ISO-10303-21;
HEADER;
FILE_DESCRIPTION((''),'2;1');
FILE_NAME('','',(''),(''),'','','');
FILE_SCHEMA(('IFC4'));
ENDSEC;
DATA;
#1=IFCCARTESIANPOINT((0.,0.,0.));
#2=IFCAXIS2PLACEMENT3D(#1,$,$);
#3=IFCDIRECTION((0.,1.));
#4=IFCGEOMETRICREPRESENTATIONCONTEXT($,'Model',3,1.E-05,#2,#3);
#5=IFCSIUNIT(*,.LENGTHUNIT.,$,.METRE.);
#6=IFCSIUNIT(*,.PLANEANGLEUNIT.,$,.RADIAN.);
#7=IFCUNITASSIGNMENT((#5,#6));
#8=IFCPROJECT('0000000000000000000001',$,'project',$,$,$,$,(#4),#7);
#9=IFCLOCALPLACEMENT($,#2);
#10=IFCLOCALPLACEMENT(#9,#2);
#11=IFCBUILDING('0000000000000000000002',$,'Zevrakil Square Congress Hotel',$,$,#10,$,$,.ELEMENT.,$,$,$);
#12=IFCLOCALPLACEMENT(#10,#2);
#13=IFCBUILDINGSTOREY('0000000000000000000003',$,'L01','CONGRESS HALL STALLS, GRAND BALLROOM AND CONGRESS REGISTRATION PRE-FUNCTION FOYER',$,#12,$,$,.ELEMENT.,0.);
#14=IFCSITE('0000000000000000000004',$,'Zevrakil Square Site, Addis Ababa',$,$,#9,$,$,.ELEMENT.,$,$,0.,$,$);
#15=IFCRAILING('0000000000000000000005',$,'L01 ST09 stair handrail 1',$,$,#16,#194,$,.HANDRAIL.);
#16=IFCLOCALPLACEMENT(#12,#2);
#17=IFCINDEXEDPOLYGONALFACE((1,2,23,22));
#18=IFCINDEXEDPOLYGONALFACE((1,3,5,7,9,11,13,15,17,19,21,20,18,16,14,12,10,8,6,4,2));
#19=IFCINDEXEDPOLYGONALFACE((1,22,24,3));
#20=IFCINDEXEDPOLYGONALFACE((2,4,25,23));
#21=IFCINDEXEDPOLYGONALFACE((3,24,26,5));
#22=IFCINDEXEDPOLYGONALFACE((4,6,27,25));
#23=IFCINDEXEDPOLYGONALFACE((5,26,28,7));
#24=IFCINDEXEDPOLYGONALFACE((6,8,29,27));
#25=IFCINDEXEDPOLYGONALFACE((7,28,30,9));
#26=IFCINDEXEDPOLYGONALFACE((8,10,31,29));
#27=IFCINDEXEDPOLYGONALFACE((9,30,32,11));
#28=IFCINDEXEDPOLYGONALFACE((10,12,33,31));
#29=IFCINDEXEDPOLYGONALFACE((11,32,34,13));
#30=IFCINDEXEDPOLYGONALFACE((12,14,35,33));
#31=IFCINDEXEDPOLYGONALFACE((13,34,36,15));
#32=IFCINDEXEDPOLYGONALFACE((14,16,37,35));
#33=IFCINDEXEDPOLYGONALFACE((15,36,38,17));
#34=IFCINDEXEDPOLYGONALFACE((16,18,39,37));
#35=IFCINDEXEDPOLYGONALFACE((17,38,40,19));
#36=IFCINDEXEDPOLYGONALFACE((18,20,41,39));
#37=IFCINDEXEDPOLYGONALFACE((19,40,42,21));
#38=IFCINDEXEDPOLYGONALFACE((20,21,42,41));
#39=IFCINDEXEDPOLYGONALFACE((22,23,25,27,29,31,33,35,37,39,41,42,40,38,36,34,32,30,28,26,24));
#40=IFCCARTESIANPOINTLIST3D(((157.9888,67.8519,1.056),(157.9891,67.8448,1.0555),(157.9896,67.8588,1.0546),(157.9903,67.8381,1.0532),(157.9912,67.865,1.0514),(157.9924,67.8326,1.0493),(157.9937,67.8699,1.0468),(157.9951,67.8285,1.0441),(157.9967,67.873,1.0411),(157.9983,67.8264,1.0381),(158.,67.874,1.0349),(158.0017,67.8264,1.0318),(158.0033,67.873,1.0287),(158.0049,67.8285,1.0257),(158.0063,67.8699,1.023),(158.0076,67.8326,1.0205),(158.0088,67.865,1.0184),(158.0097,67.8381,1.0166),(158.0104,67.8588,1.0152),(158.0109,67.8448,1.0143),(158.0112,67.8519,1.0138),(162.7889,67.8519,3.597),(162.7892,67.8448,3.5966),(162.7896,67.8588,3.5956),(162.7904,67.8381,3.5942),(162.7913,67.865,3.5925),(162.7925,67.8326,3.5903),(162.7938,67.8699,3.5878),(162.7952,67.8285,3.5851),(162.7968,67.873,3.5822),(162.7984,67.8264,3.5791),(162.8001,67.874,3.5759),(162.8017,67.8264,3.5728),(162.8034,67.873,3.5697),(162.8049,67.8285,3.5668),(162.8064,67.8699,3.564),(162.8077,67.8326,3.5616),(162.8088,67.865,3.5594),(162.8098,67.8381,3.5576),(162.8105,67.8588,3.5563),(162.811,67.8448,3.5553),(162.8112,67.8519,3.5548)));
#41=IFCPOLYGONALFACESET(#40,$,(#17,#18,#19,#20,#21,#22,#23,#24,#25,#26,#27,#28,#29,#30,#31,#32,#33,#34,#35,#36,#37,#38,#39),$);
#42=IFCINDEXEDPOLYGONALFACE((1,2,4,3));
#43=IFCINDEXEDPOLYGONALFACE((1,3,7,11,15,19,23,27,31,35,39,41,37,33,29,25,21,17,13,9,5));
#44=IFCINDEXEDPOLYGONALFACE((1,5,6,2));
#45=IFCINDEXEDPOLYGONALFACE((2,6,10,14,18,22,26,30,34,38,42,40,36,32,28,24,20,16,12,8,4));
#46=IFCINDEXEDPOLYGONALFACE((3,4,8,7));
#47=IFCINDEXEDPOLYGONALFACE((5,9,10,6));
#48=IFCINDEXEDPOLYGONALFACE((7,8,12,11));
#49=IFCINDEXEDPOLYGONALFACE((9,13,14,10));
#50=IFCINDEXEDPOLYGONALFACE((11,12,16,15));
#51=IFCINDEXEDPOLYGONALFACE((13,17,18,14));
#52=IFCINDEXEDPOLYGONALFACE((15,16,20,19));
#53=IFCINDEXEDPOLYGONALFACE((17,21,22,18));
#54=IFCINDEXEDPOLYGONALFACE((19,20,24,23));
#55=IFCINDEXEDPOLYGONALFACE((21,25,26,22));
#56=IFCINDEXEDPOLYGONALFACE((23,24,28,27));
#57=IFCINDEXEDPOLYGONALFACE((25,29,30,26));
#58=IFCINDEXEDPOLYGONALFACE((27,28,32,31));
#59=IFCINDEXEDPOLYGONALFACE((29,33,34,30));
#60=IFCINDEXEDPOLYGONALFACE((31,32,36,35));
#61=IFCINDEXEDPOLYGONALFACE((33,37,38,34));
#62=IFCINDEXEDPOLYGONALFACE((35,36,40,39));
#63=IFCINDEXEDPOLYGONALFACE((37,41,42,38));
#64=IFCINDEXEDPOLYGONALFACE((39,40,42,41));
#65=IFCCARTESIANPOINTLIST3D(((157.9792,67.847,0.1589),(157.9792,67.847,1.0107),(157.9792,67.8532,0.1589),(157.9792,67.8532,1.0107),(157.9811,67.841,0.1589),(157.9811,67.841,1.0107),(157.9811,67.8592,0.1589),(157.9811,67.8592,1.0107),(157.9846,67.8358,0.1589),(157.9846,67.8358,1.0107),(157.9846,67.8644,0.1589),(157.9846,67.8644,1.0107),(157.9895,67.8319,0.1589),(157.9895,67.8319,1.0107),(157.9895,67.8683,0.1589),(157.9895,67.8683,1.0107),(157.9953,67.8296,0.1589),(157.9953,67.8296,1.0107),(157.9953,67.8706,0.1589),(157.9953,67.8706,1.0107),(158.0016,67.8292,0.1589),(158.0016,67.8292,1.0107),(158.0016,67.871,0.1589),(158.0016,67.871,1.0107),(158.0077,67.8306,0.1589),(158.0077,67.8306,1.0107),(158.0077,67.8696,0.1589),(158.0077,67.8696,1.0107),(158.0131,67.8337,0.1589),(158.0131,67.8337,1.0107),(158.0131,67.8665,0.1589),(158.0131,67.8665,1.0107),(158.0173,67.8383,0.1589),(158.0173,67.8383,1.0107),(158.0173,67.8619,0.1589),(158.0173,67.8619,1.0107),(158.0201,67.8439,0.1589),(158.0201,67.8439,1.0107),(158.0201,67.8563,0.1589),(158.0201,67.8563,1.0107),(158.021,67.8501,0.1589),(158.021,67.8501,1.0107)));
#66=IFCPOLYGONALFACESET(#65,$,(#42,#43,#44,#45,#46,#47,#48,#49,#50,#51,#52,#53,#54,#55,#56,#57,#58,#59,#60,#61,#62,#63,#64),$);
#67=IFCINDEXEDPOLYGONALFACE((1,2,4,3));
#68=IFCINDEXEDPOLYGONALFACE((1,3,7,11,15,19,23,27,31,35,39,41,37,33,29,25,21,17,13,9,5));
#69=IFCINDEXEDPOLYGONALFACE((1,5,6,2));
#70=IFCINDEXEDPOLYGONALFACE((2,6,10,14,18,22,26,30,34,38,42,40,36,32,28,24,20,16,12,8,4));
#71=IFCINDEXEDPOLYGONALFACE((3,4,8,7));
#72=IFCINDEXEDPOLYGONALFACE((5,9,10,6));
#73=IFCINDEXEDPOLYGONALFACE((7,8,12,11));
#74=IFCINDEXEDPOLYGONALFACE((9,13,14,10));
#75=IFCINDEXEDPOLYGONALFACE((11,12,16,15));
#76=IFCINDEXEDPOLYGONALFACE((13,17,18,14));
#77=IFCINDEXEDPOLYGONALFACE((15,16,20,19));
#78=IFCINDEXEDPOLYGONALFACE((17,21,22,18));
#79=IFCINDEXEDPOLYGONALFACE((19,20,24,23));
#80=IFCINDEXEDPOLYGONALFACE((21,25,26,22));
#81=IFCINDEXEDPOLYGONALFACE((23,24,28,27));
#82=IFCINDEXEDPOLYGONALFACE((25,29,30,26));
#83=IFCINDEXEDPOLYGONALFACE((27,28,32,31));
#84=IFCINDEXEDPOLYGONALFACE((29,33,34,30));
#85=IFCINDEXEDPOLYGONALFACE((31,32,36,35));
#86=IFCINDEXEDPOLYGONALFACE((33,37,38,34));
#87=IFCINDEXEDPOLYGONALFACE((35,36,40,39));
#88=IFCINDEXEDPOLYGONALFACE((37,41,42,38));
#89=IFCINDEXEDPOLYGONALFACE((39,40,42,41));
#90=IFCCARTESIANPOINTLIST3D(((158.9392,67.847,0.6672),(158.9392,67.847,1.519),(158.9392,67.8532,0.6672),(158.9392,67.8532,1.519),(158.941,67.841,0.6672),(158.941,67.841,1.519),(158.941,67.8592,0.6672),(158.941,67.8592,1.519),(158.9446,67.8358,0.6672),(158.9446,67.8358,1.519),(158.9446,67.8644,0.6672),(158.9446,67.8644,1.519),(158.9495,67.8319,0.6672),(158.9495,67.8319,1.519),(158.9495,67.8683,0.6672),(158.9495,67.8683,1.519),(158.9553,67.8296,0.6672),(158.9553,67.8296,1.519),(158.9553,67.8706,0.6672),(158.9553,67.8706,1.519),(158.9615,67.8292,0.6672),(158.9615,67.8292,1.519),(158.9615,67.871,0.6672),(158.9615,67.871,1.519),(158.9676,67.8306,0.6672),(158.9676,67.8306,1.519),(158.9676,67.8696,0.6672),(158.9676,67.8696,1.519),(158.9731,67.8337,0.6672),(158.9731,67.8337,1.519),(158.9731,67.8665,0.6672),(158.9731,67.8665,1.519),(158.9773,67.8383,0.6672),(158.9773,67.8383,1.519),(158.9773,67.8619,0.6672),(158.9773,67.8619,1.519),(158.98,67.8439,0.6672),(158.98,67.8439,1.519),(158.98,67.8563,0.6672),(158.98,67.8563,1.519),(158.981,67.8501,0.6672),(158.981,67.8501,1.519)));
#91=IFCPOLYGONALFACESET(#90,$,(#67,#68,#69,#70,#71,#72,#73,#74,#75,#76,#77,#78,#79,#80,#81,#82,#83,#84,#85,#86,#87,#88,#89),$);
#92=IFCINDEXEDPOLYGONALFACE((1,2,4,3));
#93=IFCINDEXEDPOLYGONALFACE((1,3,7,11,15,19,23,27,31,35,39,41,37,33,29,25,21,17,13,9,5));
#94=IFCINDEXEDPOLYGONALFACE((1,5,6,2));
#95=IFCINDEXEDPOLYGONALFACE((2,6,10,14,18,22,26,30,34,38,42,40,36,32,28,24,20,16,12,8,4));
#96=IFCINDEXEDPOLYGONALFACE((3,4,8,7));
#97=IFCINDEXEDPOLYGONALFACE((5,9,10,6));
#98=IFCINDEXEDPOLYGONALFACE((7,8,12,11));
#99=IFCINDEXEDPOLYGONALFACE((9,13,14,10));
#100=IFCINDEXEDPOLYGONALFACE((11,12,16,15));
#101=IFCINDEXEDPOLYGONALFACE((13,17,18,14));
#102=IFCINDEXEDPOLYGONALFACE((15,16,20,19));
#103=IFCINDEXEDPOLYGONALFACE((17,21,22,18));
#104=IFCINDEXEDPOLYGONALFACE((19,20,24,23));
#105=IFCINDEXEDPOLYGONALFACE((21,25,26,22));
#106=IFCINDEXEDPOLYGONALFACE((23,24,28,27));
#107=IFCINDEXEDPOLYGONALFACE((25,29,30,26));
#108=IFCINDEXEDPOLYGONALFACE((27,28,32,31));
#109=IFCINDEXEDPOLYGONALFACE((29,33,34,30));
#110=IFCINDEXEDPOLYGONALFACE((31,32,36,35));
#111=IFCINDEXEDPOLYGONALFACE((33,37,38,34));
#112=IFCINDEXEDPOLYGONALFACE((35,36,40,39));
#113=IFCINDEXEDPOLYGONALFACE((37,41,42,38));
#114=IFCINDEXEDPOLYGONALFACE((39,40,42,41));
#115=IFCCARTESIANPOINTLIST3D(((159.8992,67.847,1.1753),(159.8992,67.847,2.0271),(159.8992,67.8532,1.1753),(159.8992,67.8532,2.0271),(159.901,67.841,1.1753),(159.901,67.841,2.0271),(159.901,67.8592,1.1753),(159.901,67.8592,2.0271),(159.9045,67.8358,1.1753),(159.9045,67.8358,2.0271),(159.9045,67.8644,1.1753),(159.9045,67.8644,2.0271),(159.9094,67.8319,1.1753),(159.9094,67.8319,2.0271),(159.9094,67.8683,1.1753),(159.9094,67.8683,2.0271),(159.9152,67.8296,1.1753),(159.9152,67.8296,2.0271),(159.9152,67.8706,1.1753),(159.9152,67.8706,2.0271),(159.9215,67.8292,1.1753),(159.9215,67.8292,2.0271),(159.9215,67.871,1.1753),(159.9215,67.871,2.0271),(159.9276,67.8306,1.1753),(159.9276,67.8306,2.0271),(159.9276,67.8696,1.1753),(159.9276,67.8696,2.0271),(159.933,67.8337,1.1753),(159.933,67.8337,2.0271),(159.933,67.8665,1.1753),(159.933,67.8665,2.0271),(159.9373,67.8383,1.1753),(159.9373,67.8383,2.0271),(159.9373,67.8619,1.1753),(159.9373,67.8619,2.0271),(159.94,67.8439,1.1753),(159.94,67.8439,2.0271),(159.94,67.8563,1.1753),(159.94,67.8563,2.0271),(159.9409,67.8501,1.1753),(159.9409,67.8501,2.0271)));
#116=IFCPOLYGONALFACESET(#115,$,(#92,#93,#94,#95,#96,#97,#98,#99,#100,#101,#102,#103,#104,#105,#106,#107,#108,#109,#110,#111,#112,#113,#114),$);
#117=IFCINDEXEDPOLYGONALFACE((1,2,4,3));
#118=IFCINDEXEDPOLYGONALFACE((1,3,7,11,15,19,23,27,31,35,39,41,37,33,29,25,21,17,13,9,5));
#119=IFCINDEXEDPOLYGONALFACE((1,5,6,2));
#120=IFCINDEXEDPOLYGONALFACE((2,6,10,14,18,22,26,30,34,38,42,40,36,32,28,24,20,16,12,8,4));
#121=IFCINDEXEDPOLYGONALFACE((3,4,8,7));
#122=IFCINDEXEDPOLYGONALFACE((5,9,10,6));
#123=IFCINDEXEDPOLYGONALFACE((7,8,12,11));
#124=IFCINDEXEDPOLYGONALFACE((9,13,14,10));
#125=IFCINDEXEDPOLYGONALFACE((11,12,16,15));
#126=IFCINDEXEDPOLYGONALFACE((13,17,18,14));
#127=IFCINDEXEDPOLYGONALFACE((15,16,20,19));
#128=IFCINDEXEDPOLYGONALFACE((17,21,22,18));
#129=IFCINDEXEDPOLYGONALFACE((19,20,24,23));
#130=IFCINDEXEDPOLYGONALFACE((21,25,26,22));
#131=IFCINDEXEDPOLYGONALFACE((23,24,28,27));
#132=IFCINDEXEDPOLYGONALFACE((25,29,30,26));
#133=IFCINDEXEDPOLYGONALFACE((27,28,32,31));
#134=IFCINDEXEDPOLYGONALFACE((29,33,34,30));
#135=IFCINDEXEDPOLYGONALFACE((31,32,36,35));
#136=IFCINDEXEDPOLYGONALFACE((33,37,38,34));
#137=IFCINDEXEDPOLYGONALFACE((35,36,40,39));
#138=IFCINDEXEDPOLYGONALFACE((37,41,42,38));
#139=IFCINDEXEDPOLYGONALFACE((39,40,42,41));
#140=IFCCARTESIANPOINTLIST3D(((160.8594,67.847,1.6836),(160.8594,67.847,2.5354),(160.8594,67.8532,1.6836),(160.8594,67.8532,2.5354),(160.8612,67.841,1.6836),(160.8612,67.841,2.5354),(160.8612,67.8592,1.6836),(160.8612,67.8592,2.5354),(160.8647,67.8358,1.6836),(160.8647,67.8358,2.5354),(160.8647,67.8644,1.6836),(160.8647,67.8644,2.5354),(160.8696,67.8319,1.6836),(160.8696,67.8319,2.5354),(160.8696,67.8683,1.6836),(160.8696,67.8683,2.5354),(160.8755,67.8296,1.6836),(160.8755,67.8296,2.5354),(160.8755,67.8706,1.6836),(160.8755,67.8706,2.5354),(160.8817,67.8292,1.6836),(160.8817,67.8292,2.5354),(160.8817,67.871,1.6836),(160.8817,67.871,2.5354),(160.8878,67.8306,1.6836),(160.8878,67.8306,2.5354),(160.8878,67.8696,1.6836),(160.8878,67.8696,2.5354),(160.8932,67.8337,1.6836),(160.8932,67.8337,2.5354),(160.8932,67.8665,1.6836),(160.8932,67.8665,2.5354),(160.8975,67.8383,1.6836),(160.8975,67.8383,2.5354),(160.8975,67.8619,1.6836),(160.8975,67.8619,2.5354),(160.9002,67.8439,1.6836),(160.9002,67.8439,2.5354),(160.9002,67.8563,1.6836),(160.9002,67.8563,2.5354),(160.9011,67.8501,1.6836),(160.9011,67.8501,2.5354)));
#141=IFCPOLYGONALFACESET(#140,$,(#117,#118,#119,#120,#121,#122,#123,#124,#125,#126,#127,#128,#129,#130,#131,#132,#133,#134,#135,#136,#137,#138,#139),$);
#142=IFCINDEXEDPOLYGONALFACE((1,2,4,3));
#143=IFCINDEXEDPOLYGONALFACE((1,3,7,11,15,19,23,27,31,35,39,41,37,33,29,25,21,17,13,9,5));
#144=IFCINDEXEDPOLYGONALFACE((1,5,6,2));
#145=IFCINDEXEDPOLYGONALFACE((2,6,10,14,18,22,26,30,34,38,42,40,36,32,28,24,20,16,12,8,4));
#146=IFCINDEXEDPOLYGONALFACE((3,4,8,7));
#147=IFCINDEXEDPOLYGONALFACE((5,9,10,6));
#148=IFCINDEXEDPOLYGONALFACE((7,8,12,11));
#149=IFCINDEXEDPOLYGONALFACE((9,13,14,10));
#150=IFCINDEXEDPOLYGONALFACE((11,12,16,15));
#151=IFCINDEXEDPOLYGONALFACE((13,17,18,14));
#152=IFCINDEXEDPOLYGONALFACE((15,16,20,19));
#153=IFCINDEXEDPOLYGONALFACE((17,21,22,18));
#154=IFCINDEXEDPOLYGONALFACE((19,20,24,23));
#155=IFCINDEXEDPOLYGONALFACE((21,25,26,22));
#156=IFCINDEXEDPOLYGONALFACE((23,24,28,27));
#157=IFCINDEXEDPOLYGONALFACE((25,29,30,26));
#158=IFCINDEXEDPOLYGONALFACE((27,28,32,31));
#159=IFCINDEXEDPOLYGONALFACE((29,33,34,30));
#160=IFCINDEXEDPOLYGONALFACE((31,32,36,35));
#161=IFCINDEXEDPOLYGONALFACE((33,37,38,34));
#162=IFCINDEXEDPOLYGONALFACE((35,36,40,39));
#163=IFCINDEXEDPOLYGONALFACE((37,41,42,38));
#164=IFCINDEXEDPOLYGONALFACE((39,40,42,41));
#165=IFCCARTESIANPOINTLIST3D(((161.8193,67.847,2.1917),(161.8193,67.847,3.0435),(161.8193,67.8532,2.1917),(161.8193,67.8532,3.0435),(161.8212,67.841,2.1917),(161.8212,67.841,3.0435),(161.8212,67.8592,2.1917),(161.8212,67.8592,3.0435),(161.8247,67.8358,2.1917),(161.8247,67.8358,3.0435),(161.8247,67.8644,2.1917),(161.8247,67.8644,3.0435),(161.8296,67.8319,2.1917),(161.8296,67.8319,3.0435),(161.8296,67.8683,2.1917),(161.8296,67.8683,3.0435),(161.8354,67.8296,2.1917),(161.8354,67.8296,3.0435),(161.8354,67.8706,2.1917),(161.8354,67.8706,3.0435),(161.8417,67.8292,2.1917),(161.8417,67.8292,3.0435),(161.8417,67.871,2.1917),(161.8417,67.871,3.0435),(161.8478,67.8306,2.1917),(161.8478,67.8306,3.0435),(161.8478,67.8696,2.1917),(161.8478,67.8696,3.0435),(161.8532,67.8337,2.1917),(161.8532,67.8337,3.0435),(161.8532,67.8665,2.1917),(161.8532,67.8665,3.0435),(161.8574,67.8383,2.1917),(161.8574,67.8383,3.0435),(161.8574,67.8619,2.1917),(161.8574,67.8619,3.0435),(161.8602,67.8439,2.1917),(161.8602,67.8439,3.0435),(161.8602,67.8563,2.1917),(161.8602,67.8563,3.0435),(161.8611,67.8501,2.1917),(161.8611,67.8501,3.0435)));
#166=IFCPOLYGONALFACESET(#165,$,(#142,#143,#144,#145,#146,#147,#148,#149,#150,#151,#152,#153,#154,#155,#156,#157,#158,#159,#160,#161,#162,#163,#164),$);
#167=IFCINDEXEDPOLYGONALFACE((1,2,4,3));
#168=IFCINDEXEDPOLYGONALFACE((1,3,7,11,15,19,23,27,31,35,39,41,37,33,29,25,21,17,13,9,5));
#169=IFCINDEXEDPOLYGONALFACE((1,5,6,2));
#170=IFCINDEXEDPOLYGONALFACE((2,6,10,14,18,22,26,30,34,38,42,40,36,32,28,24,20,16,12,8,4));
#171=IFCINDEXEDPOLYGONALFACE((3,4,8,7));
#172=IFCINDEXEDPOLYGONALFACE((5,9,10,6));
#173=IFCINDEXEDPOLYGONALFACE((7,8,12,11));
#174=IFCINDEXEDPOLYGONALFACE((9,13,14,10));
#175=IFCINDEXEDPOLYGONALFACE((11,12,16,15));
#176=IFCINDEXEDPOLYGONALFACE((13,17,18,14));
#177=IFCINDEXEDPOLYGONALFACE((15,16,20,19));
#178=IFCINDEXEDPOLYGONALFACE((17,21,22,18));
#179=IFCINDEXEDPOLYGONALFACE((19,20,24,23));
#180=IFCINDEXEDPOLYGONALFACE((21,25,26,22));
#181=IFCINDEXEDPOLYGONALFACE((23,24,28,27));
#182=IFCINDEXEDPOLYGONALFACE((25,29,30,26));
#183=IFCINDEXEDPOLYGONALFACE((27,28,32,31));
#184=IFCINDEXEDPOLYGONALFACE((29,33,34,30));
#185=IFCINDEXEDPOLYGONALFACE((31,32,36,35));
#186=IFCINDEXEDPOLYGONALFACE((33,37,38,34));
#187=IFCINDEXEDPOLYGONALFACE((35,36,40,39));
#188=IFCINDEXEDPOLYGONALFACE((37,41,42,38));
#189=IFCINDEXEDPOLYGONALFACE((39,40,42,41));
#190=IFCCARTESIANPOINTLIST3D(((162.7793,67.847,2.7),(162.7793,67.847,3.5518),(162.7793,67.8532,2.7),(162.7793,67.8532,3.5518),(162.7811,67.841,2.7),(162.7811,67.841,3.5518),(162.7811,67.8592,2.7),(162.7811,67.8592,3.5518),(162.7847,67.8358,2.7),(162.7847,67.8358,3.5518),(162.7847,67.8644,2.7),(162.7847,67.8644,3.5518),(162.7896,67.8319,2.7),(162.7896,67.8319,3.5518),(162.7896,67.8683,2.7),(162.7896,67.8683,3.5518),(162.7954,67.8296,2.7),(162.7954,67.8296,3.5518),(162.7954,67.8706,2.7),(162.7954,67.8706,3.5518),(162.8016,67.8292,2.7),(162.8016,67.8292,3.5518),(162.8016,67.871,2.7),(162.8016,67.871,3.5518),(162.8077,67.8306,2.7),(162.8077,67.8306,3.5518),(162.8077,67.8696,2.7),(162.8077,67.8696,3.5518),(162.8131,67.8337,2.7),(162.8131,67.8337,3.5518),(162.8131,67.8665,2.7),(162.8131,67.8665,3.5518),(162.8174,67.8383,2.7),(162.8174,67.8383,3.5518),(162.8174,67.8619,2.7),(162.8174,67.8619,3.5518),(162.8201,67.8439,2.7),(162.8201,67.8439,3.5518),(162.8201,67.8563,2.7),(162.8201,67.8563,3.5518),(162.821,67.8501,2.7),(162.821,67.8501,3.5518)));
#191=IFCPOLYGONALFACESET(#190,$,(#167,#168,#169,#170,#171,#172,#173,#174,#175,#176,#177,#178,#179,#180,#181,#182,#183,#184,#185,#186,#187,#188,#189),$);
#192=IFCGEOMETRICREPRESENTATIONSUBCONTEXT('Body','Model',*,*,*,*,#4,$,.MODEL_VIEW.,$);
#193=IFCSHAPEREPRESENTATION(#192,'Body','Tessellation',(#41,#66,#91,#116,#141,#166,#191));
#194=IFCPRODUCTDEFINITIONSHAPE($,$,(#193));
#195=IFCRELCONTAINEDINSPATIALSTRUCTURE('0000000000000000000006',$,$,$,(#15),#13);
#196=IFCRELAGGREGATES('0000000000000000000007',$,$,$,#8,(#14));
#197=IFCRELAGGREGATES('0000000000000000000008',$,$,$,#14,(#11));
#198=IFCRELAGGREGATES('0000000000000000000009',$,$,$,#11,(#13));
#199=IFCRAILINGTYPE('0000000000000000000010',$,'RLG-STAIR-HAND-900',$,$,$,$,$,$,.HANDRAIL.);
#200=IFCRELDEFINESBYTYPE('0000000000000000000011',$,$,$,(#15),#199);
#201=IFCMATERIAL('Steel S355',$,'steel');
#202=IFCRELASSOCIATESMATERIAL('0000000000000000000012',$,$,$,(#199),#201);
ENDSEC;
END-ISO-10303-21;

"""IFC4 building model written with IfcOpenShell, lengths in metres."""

from ifc_helpers import new_model, si_unit, direction, frame, origin, origin_2d, place, context, subcontext, project, spatial, circle, extrude, material, type_object, element, save


model = new_model("IFC4")

# Units and contexts
model_context = context("Model", 3, precision=1e-05, world=origin(), true_north=direction((0.0, 1.0)))
body_context = subcontext(model_context, "Body", "Model", "MODEL_VIEW")
ifc_project = project(units=[si_unit("LENGTHUNIT", "METRE"), si_unit("PLANEANGLEUNIT", "RADIAN")], contexts=[model_context])

# Site, building, storey
site_placement = place(None, origin())
site = spatial("IfcSite", under=ifc_project, at=site_placement, Name="Zevrakil Square Site, Addis Ababa", CompositionType="ELEMENT", RefElevation=0.0)
building_placement = place(site_placement, origin())
building = spatial("IfcBuilding", under=site, at=building_placement, Name="Zevrakil Square Congress Hotel", CompositionType="ELEMENT")
storey_placement = place(building_placement, origin())
storey = spatial("IfcBuildingStorey", under=building, at=storey_placement, Name="L01", Description="CONGRESS HALL STALLS, GRAND BALLROOM AND CONGRESS REGISTRATION PRE-FUNCTION FOYER", CompositionType="ELEMENT", Elevation=0.0)

# Railing
ifc_material_1 = material(Name="Steel S355", Category="steel")
railing_type_1 = type_object("IfcRailingType", Name="RLG-STAIR-HAND-900", PredefinedType="HANDRAIL", material=ifc_material_1)
railing_1_placement = place(storey_placement, frame((158.0, 67.8501, 0.1589)))
element("IfcRailing", 1, at=railing_1_placement, inside=storey, type_object=railing_type_1, Name="L01 ST09 stair handrail 1", PredefinedType="HANDRAIL", context=body_context, shape_type="SweptSolid", body=[
    extrude(circle(Radius=0.0239, at=origin_2d()), frame((0.0, 0.0, 0.876), z_axis=(0.883802, 0.0, 0.467861), x_axis=(0.0, 1.0, 0.0)), (0.0, 0.0, 1.0), 5.4312),
    extrude(circle(Radius=0.021, at=origin_2d()), origin(), (0.0, 0.0, 1.0), 0.8518),
    extrude(circle(Radius=0.021, at=origin_2d()), frame((0.96, 0.0, 0.5083)), (0.0, 0.0, 1.0), 0.8518),
    extrude(circle(Radius=0.021, at=origin_2d()), frame((1.9199, 0.0, 1.0164)), (0.0, 0.0, 1.0), 0.8518),
    extrude(circle(Radius=0.021, at=origin_2d()), frame((2.8801, 0.0, 1.5247)), (0.0, 0.0, 1.0), 0.8518),
    extrude(circle(Radius=0.021, at=origin_2d()), frame((3.8401, 0.0, 2.0327)), (0.0, 0.0, 1.0), 0.8518),
    extrude(circle(Radius=0.021, at=origin_2d()), frame((4.8, 0.0, 2.541)), (0.0, 0.0, 1.0), 0.8518),
])

save(model, "model.ifc")
